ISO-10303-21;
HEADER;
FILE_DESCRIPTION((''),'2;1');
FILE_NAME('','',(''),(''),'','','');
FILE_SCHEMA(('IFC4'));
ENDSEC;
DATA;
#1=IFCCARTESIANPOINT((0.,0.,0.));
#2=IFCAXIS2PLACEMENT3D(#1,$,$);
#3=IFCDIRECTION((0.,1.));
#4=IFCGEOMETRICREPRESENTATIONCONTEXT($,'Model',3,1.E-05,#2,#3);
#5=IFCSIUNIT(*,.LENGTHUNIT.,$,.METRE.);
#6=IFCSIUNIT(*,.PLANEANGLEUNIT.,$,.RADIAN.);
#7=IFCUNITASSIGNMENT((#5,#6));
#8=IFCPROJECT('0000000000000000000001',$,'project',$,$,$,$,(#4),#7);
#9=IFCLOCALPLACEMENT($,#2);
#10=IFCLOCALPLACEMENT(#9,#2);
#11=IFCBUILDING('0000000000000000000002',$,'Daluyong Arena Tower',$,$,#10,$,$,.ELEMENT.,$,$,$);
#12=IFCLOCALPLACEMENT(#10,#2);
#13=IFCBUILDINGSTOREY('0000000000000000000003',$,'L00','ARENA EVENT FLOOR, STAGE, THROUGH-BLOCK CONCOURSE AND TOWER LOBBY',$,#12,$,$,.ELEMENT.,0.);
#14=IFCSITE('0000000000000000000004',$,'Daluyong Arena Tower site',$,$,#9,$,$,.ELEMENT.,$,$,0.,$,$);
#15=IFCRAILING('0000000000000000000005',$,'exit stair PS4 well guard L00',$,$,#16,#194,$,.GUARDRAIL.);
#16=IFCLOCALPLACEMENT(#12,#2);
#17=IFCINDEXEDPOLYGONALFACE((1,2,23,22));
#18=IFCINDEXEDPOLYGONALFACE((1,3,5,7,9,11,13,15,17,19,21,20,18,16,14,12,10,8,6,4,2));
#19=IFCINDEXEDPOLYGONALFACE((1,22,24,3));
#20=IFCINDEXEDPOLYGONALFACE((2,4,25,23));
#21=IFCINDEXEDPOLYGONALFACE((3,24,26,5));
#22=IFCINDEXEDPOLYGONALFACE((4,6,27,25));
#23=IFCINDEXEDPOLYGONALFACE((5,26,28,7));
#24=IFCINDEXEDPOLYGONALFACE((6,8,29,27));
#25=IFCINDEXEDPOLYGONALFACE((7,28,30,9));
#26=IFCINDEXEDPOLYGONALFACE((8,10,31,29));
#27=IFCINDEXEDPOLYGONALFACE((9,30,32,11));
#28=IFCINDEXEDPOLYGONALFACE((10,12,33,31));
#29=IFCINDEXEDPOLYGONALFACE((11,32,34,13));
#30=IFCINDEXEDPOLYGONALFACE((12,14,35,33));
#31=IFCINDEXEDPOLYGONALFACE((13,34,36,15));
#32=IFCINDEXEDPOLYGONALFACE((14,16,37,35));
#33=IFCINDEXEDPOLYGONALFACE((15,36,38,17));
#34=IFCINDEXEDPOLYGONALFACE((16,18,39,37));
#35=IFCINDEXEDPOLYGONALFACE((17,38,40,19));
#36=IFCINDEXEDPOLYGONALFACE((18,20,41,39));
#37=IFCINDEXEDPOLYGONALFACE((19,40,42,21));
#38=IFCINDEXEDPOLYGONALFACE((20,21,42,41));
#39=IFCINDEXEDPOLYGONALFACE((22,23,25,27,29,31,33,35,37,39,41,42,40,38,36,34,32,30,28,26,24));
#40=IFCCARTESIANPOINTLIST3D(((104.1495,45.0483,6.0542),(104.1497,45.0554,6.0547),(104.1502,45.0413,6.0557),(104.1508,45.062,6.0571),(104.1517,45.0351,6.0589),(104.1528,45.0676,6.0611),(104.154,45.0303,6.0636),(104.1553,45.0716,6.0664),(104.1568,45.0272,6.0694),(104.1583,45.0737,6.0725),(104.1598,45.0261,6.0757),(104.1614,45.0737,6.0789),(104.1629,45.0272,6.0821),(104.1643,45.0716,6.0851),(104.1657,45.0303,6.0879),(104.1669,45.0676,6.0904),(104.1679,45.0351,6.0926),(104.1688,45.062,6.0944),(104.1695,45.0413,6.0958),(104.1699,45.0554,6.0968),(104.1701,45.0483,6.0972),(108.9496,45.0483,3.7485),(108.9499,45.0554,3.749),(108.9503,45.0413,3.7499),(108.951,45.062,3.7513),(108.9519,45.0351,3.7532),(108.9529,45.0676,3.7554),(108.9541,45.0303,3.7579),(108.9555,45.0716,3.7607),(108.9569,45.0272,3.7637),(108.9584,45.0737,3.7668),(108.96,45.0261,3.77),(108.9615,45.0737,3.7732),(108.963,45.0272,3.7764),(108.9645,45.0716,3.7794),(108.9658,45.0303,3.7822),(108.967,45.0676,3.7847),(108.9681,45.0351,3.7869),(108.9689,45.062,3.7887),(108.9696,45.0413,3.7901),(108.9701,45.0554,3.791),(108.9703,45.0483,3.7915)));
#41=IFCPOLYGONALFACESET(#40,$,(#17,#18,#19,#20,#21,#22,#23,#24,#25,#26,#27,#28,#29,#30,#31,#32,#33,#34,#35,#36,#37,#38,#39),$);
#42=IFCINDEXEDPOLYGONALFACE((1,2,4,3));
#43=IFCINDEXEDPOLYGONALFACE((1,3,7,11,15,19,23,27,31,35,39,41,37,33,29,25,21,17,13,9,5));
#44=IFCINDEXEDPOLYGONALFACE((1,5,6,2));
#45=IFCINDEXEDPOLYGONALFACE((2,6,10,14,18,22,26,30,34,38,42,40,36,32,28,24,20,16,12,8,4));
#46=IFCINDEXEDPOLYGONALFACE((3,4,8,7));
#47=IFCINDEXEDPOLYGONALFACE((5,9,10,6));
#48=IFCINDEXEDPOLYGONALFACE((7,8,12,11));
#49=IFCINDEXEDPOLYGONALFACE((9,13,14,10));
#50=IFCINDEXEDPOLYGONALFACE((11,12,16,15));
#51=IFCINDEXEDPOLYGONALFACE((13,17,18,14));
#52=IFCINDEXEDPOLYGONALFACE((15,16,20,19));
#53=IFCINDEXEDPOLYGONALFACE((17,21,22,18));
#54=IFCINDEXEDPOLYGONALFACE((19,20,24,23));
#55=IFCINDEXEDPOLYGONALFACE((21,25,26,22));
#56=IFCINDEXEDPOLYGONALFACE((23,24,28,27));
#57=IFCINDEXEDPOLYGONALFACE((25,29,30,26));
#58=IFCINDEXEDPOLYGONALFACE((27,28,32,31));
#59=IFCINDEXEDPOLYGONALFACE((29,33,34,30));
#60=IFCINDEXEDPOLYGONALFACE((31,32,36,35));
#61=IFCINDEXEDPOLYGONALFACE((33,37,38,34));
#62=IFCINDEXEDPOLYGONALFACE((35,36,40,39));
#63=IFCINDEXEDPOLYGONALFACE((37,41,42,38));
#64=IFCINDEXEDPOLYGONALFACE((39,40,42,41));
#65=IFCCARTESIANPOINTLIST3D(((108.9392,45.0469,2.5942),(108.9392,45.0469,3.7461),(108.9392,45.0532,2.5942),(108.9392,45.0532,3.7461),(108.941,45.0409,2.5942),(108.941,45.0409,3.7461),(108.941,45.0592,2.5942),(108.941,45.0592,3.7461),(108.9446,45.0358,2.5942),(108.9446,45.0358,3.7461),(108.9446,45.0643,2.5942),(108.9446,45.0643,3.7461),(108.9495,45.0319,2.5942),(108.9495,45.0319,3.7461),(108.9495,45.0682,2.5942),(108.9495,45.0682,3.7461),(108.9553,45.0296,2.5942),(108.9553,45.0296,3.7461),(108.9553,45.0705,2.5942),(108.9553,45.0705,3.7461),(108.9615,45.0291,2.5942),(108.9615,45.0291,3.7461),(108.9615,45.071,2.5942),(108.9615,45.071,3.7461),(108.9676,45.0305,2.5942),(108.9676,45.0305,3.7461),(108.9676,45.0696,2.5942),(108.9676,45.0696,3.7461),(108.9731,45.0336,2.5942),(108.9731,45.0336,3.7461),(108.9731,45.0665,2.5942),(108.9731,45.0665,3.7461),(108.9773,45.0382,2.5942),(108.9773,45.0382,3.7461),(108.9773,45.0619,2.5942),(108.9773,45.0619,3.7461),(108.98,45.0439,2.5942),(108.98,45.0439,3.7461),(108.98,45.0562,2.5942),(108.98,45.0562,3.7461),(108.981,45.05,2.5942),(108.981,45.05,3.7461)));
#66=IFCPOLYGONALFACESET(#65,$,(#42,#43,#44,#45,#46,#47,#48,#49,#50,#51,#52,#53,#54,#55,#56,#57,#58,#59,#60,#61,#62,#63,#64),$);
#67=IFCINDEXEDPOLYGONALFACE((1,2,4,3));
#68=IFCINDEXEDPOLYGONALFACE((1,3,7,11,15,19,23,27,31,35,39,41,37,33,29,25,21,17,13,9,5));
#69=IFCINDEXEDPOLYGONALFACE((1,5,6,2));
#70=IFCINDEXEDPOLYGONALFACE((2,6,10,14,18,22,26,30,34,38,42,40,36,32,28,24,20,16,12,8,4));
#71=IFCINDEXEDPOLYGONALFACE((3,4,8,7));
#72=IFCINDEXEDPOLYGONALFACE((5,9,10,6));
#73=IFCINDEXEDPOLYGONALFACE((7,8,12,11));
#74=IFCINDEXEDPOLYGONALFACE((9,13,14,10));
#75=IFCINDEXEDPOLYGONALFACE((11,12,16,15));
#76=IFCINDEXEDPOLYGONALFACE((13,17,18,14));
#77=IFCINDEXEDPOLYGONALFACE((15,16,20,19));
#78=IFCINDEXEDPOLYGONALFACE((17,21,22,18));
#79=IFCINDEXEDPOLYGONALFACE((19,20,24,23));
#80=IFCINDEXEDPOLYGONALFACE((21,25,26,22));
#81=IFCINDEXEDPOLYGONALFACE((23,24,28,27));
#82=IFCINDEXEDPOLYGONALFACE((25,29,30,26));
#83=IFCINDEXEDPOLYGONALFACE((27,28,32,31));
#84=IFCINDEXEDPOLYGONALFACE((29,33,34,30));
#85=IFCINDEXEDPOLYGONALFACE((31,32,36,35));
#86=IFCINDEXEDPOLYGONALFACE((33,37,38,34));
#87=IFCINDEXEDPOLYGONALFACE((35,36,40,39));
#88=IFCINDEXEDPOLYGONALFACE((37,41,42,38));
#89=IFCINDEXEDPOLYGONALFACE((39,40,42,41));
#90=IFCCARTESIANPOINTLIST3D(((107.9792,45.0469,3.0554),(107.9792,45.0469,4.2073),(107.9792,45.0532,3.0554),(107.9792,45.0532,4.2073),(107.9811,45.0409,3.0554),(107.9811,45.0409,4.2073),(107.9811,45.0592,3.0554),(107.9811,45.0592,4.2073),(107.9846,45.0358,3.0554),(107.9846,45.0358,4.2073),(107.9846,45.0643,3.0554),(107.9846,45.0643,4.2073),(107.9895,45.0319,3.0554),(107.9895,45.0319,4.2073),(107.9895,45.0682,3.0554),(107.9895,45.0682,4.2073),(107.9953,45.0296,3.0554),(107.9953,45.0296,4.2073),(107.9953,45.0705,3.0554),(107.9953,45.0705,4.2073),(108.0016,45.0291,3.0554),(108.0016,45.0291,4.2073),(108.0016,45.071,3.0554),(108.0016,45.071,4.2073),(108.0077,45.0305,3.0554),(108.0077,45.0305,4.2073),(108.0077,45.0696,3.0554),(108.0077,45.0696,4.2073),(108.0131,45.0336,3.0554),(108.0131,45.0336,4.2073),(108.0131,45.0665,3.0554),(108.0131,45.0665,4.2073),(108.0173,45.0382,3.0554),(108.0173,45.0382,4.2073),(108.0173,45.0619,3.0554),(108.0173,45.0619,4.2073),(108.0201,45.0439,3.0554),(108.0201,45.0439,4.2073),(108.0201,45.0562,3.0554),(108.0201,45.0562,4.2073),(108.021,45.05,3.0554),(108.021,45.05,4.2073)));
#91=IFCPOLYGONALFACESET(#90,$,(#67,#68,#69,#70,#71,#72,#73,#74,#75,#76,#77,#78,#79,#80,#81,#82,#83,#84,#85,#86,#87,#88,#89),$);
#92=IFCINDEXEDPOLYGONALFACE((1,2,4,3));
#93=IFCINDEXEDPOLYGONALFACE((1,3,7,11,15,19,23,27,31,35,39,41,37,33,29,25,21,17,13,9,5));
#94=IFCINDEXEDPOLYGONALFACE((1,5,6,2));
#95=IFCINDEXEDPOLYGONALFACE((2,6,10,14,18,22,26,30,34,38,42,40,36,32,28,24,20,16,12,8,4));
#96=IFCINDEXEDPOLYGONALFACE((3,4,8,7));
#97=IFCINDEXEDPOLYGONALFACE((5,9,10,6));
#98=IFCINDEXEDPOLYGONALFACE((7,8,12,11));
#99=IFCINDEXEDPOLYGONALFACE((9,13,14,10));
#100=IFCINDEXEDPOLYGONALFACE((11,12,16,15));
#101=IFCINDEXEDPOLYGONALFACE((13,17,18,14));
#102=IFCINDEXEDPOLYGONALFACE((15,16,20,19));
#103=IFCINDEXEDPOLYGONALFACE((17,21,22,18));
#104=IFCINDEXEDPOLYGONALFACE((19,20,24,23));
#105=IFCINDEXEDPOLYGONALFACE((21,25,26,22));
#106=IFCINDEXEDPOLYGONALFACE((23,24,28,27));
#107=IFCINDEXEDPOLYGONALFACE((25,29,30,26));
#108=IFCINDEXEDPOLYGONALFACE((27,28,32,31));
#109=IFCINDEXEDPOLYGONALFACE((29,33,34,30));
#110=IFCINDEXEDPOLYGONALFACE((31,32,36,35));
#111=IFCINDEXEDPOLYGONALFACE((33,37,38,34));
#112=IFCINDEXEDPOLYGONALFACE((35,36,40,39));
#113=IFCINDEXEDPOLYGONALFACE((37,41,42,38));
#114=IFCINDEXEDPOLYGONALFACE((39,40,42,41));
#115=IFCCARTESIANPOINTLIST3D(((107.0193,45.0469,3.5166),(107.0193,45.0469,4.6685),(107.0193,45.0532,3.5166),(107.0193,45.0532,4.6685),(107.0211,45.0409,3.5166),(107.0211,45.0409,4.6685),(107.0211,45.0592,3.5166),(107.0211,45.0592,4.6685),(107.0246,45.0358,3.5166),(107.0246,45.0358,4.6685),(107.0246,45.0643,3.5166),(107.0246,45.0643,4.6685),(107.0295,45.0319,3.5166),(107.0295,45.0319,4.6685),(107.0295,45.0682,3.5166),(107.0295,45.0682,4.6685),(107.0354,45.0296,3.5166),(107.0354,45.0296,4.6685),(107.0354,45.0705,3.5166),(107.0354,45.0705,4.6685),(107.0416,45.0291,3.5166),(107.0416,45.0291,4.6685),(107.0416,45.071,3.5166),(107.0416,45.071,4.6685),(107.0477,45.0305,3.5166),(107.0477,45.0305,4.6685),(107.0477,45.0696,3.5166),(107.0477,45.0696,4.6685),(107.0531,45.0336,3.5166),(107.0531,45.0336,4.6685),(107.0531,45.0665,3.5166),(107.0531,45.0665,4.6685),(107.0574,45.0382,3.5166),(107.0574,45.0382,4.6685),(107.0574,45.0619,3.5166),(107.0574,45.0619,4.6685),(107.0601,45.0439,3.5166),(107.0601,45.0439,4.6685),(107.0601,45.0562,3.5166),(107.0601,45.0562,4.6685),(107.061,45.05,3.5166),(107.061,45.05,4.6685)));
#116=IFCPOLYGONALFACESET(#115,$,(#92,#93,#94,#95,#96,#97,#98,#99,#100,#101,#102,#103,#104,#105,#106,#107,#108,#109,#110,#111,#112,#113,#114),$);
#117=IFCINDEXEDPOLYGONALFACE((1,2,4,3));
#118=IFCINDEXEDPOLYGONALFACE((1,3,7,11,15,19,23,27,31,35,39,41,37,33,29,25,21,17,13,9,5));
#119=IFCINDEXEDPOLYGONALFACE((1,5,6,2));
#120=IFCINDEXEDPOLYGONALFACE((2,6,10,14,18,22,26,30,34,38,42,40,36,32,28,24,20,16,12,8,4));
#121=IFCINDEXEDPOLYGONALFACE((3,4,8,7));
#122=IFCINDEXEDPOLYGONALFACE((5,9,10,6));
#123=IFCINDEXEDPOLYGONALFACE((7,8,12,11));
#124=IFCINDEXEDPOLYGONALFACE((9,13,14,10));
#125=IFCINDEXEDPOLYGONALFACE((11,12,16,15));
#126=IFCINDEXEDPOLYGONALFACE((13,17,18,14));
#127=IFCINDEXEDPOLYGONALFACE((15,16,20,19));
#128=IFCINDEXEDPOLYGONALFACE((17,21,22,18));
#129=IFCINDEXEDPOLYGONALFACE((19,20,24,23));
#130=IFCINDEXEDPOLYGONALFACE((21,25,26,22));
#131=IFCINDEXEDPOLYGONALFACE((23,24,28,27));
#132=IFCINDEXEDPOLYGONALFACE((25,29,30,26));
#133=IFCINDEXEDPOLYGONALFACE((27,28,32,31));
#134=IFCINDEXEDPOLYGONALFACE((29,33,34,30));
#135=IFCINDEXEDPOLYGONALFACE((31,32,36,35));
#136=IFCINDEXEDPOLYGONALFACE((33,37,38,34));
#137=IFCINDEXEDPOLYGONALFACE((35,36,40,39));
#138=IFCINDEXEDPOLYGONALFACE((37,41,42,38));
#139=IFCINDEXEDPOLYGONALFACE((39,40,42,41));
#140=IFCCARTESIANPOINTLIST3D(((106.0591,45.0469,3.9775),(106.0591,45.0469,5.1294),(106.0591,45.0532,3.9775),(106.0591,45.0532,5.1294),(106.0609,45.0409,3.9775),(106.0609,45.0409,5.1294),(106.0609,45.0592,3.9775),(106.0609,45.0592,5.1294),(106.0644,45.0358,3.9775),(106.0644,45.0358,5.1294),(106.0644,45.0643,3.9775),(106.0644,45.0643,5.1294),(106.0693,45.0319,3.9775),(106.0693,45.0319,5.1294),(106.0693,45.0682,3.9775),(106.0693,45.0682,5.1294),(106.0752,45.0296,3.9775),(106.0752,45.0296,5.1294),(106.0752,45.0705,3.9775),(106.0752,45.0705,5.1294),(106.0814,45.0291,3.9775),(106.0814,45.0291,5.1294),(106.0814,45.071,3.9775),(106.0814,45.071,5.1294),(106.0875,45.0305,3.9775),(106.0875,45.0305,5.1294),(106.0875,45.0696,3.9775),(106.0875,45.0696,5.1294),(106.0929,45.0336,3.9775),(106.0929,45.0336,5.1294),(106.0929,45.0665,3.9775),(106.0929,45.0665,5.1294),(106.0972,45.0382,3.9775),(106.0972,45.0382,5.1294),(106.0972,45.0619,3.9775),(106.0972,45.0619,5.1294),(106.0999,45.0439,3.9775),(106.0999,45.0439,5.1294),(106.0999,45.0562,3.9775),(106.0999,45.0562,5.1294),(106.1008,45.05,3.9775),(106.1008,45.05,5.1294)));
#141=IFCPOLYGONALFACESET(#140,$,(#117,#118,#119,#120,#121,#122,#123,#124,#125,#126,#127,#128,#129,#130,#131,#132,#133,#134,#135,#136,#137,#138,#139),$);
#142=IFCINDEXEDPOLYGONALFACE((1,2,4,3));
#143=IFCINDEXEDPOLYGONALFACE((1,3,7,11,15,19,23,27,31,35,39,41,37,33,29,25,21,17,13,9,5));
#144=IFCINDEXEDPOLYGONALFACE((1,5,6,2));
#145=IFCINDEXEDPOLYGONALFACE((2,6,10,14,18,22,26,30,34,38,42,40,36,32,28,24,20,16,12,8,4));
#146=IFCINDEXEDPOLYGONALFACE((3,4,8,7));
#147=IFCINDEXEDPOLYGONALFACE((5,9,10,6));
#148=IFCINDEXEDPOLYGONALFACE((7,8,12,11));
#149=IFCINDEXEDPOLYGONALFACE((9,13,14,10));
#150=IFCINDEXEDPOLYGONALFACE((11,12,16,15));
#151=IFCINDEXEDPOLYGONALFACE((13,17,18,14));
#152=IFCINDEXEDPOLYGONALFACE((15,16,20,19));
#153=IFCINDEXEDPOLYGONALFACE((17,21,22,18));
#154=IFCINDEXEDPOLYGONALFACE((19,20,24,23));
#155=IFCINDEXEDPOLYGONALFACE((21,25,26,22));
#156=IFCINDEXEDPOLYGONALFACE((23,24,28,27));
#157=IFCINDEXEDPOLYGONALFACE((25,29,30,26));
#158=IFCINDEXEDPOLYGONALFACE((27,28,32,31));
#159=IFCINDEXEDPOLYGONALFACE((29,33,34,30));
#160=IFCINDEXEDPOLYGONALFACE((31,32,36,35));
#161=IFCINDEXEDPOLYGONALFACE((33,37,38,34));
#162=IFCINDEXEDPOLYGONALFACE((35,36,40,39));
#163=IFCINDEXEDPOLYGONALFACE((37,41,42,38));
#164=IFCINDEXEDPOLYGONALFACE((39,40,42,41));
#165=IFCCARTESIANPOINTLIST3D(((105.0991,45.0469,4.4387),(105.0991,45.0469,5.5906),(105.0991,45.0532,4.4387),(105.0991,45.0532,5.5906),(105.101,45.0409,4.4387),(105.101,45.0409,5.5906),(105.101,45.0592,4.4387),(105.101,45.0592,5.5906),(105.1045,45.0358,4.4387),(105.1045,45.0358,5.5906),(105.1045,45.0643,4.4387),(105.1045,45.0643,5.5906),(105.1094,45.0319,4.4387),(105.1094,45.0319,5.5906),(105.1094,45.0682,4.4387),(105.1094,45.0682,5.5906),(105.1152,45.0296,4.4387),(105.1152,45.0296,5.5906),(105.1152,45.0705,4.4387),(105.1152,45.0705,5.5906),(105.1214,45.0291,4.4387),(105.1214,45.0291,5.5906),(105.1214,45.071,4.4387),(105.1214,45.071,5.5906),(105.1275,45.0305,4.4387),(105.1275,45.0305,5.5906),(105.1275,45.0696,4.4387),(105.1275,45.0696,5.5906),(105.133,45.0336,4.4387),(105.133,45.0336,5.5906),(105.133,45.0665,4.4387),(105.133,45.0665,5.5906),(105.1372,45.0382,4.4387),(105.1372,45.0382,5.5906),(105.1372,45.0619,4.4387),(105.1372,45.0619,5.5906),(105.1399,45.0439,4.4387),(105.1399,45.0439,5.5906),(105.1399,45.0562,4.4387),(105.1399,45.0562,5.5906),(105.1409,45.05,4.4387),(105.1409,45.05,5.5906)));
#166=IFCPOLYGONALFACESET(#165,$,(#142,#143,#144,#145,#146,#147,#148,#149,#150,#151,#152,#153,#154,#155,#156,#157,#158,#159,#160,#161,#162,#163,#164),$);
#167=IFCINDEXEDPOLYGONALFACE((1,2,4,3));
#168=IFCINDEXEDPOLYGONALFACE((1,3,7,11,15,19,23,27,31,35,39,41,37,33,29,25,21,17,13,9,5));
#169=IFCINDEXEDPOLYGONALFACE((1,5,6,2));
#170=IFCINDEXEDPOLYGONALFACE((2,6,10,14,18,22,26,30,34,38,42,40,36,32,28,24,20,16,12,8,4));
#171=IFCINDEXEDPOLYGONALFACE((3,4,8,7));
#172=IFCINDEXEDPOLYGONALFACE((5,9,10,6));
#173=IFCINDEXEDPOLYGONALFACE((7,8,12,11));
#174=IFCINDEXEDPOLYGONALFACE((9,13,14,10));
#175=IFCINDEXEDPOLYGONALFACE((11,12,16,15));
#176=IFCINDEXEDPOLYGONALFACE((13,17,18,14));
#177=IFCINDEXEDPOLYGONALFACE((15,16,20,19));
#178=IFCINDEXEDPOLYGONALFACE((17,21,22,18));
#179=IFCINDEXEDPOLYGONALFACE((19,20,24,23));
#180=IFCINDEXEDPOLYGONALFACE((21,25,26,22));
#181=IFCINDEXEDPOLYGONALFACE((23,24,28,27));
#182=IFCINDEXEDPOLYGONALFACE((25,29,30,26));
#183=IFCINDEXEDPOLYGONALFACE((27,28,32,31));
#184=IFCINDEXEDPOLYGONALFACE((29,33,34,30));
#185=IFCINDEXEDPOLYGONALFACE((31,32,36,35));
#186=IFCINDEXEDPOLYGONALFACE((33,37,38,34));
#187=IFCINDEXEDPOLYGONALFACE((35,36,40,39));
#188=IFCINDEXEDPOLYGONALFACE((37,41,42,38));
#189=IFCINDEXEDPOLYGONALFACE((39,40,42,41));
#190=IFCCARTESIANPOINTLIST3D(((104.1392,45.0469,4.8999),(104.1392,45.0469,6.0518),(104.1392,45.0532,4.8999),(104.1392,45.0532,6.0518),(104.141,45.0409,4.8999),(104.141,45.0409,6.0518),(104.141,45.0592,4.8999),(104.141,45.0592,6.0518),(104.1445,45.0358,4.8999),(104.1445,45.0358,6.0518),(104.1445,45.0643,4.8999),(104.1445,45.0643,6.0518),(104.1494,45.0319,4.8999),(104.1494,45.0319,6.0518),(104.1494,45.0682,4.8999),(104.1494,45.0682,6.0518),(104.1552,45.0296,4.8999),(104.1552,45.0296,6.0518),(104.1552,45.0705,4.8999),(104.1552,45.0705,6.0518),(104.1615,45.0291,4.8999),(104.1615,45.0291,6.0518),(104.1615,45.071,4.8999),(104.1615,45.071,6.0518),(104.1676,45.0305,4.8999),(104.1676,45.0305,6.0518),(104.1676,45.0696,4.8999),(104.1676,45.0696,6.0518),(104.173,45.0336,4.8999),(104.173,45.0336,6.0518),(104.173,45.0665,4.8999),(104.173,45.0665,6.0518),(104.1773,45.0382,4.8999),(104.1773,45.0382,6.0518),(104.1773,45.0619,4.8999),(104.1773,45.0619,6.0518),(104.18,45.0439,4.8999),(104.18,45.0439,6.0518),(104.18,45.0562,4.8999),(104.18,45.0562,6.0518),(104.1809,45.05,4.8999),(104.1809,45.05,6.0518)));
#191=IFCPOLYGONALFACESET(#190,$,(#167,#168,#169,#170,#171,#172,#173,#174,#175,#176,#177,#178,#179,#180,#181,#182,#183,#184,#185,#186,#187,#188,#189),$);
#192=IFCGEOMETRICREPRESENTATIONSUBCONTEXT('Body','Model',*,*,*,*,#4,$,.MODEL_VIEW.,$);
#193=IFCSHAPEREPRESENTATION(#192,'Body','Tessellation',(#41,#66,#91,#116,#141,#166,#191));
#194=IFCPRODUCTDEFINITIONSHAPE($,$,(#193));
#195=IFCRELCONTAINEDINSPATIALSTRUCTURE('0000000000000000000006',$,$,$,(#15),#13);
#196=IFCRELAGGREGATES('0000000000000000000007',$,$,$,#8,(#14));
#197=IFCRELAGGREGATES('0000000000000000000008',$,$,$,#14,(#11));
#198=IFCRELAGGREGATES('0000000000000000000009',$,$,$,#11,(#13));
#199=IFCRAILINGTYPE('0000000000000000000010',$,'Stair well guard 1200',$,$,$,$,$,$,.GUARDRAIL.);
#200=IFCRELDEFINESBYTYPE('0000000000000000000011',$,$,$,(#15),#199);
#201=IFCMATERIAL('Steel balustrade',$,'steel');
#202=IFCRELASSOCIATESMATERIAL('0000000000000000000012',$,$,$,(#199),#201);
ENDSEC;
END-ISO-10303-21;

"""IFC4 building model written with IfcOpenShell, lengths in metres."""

from ifc_helpers import new_model, si_unit, direction, frame, origin, origin_2d, place, context, subcontext, project, spatial, circle, extrude, material, type_object, element, save


model = new_model("IFC4")

# Units and contexts
model_context = context("Model", 3, precision=1e-05, world=origin(), true_north=direction((0.0, 1.0)))
body_context = subcontext(model_context, "Body", "Model", "MODEL_VIEW")
ifc_project = project(units=[si_unit("LENGTHUNIT", "METRE"), si_unit("PLANEANGLEUNIT", "RADIAN")], contexts=[model_context])

# Site, building, storey
site_placement = place(None, origin())
site = spatial("IfcSite", under=ifc_project, at=site_placement, Name="Daluyong Arena Tower site", CompositionType="ELEMENT", RefElevation=0.0)
building_placement = place(site_placement, origin())
building = spatial("IfcBuilding", under=site, at=building_placement, Name="Daluyong Arena Tower", CompositionType="ELEMENT")
storey_placement = place(building_placement, origin())
storey = spatial("IfcBuildingStorey", under=building, at=storey_placement, Name="L00", Description="ARENA EVENT FLOOR, STAGE, THROUGH-BLOCK CONCOURSE AND TOWER LOBBY", CompositionType="ELEMENT", Elevation=0.0)

# Railing
ifc_material_1 = material(Name="Steel balustrade", Category="steel")
railing_type_1 = type_object("IfcRailingType", Name="Stair well guard 1200", PredefinedType="GUARDRAIL", material=ifc_material_1)
railing_1_placement = place(storey_placement, frame((108.96, 45.05, 2.5942)))
element("IfcRailing", 1, at=railing_1_placement, inside=storey, type_object=railing_type_1, Name="exit stair PS4 well guard L00", PredefinedType="GUARDRAIL", context=body_context, shape_type="SweptSolid", body=[
    extrude(circle(Radius=0.0239, at=origin_2d()), frame((0.0, 0.0, 1.1758), z_axis=(-0.901403, 0.0, 0.432981), x_axis=(0.0, -1.0, 0.0)), (0.0, 0.0, 1.0), 5.3252),
    extrude(circle(Radius=0.021, at=origin_2d()), origin(), (0.0, 0.0, 1.0), 1.1519),
    extrude(circle(Radius=0.021, at=origin_2d()), frame((-0.96, 0.0, 0.4612)), (0.0, 0.0, 1.0), 1.1519),
    extrude(circle(Radius=0.021, at=origin_2d()), frame((-1.9199, 0.0, 0.9224)), (0.0, 0.0, 1.0), 1.1519),
    extrude(circle(Radius=0.021, at=origin_2d()), frame((-2.8801, 0.0, 1.3833)), (0.0, 0.0, 1.0), 1.1519),
    extrude(circle(Radius=0.021, at=origin_2d()), frame((-3.8401, 0.0, 1.8445)), (0.0, 0.0, 1.0), 1.1519),
    extrude(circle(Radius=0.021, at=origin_2d()), frame((-4.8, 0.0, 2.3057)), (0.0, 0.0, 1.0), 1.1519),
])

save(model, "model.ifc")
